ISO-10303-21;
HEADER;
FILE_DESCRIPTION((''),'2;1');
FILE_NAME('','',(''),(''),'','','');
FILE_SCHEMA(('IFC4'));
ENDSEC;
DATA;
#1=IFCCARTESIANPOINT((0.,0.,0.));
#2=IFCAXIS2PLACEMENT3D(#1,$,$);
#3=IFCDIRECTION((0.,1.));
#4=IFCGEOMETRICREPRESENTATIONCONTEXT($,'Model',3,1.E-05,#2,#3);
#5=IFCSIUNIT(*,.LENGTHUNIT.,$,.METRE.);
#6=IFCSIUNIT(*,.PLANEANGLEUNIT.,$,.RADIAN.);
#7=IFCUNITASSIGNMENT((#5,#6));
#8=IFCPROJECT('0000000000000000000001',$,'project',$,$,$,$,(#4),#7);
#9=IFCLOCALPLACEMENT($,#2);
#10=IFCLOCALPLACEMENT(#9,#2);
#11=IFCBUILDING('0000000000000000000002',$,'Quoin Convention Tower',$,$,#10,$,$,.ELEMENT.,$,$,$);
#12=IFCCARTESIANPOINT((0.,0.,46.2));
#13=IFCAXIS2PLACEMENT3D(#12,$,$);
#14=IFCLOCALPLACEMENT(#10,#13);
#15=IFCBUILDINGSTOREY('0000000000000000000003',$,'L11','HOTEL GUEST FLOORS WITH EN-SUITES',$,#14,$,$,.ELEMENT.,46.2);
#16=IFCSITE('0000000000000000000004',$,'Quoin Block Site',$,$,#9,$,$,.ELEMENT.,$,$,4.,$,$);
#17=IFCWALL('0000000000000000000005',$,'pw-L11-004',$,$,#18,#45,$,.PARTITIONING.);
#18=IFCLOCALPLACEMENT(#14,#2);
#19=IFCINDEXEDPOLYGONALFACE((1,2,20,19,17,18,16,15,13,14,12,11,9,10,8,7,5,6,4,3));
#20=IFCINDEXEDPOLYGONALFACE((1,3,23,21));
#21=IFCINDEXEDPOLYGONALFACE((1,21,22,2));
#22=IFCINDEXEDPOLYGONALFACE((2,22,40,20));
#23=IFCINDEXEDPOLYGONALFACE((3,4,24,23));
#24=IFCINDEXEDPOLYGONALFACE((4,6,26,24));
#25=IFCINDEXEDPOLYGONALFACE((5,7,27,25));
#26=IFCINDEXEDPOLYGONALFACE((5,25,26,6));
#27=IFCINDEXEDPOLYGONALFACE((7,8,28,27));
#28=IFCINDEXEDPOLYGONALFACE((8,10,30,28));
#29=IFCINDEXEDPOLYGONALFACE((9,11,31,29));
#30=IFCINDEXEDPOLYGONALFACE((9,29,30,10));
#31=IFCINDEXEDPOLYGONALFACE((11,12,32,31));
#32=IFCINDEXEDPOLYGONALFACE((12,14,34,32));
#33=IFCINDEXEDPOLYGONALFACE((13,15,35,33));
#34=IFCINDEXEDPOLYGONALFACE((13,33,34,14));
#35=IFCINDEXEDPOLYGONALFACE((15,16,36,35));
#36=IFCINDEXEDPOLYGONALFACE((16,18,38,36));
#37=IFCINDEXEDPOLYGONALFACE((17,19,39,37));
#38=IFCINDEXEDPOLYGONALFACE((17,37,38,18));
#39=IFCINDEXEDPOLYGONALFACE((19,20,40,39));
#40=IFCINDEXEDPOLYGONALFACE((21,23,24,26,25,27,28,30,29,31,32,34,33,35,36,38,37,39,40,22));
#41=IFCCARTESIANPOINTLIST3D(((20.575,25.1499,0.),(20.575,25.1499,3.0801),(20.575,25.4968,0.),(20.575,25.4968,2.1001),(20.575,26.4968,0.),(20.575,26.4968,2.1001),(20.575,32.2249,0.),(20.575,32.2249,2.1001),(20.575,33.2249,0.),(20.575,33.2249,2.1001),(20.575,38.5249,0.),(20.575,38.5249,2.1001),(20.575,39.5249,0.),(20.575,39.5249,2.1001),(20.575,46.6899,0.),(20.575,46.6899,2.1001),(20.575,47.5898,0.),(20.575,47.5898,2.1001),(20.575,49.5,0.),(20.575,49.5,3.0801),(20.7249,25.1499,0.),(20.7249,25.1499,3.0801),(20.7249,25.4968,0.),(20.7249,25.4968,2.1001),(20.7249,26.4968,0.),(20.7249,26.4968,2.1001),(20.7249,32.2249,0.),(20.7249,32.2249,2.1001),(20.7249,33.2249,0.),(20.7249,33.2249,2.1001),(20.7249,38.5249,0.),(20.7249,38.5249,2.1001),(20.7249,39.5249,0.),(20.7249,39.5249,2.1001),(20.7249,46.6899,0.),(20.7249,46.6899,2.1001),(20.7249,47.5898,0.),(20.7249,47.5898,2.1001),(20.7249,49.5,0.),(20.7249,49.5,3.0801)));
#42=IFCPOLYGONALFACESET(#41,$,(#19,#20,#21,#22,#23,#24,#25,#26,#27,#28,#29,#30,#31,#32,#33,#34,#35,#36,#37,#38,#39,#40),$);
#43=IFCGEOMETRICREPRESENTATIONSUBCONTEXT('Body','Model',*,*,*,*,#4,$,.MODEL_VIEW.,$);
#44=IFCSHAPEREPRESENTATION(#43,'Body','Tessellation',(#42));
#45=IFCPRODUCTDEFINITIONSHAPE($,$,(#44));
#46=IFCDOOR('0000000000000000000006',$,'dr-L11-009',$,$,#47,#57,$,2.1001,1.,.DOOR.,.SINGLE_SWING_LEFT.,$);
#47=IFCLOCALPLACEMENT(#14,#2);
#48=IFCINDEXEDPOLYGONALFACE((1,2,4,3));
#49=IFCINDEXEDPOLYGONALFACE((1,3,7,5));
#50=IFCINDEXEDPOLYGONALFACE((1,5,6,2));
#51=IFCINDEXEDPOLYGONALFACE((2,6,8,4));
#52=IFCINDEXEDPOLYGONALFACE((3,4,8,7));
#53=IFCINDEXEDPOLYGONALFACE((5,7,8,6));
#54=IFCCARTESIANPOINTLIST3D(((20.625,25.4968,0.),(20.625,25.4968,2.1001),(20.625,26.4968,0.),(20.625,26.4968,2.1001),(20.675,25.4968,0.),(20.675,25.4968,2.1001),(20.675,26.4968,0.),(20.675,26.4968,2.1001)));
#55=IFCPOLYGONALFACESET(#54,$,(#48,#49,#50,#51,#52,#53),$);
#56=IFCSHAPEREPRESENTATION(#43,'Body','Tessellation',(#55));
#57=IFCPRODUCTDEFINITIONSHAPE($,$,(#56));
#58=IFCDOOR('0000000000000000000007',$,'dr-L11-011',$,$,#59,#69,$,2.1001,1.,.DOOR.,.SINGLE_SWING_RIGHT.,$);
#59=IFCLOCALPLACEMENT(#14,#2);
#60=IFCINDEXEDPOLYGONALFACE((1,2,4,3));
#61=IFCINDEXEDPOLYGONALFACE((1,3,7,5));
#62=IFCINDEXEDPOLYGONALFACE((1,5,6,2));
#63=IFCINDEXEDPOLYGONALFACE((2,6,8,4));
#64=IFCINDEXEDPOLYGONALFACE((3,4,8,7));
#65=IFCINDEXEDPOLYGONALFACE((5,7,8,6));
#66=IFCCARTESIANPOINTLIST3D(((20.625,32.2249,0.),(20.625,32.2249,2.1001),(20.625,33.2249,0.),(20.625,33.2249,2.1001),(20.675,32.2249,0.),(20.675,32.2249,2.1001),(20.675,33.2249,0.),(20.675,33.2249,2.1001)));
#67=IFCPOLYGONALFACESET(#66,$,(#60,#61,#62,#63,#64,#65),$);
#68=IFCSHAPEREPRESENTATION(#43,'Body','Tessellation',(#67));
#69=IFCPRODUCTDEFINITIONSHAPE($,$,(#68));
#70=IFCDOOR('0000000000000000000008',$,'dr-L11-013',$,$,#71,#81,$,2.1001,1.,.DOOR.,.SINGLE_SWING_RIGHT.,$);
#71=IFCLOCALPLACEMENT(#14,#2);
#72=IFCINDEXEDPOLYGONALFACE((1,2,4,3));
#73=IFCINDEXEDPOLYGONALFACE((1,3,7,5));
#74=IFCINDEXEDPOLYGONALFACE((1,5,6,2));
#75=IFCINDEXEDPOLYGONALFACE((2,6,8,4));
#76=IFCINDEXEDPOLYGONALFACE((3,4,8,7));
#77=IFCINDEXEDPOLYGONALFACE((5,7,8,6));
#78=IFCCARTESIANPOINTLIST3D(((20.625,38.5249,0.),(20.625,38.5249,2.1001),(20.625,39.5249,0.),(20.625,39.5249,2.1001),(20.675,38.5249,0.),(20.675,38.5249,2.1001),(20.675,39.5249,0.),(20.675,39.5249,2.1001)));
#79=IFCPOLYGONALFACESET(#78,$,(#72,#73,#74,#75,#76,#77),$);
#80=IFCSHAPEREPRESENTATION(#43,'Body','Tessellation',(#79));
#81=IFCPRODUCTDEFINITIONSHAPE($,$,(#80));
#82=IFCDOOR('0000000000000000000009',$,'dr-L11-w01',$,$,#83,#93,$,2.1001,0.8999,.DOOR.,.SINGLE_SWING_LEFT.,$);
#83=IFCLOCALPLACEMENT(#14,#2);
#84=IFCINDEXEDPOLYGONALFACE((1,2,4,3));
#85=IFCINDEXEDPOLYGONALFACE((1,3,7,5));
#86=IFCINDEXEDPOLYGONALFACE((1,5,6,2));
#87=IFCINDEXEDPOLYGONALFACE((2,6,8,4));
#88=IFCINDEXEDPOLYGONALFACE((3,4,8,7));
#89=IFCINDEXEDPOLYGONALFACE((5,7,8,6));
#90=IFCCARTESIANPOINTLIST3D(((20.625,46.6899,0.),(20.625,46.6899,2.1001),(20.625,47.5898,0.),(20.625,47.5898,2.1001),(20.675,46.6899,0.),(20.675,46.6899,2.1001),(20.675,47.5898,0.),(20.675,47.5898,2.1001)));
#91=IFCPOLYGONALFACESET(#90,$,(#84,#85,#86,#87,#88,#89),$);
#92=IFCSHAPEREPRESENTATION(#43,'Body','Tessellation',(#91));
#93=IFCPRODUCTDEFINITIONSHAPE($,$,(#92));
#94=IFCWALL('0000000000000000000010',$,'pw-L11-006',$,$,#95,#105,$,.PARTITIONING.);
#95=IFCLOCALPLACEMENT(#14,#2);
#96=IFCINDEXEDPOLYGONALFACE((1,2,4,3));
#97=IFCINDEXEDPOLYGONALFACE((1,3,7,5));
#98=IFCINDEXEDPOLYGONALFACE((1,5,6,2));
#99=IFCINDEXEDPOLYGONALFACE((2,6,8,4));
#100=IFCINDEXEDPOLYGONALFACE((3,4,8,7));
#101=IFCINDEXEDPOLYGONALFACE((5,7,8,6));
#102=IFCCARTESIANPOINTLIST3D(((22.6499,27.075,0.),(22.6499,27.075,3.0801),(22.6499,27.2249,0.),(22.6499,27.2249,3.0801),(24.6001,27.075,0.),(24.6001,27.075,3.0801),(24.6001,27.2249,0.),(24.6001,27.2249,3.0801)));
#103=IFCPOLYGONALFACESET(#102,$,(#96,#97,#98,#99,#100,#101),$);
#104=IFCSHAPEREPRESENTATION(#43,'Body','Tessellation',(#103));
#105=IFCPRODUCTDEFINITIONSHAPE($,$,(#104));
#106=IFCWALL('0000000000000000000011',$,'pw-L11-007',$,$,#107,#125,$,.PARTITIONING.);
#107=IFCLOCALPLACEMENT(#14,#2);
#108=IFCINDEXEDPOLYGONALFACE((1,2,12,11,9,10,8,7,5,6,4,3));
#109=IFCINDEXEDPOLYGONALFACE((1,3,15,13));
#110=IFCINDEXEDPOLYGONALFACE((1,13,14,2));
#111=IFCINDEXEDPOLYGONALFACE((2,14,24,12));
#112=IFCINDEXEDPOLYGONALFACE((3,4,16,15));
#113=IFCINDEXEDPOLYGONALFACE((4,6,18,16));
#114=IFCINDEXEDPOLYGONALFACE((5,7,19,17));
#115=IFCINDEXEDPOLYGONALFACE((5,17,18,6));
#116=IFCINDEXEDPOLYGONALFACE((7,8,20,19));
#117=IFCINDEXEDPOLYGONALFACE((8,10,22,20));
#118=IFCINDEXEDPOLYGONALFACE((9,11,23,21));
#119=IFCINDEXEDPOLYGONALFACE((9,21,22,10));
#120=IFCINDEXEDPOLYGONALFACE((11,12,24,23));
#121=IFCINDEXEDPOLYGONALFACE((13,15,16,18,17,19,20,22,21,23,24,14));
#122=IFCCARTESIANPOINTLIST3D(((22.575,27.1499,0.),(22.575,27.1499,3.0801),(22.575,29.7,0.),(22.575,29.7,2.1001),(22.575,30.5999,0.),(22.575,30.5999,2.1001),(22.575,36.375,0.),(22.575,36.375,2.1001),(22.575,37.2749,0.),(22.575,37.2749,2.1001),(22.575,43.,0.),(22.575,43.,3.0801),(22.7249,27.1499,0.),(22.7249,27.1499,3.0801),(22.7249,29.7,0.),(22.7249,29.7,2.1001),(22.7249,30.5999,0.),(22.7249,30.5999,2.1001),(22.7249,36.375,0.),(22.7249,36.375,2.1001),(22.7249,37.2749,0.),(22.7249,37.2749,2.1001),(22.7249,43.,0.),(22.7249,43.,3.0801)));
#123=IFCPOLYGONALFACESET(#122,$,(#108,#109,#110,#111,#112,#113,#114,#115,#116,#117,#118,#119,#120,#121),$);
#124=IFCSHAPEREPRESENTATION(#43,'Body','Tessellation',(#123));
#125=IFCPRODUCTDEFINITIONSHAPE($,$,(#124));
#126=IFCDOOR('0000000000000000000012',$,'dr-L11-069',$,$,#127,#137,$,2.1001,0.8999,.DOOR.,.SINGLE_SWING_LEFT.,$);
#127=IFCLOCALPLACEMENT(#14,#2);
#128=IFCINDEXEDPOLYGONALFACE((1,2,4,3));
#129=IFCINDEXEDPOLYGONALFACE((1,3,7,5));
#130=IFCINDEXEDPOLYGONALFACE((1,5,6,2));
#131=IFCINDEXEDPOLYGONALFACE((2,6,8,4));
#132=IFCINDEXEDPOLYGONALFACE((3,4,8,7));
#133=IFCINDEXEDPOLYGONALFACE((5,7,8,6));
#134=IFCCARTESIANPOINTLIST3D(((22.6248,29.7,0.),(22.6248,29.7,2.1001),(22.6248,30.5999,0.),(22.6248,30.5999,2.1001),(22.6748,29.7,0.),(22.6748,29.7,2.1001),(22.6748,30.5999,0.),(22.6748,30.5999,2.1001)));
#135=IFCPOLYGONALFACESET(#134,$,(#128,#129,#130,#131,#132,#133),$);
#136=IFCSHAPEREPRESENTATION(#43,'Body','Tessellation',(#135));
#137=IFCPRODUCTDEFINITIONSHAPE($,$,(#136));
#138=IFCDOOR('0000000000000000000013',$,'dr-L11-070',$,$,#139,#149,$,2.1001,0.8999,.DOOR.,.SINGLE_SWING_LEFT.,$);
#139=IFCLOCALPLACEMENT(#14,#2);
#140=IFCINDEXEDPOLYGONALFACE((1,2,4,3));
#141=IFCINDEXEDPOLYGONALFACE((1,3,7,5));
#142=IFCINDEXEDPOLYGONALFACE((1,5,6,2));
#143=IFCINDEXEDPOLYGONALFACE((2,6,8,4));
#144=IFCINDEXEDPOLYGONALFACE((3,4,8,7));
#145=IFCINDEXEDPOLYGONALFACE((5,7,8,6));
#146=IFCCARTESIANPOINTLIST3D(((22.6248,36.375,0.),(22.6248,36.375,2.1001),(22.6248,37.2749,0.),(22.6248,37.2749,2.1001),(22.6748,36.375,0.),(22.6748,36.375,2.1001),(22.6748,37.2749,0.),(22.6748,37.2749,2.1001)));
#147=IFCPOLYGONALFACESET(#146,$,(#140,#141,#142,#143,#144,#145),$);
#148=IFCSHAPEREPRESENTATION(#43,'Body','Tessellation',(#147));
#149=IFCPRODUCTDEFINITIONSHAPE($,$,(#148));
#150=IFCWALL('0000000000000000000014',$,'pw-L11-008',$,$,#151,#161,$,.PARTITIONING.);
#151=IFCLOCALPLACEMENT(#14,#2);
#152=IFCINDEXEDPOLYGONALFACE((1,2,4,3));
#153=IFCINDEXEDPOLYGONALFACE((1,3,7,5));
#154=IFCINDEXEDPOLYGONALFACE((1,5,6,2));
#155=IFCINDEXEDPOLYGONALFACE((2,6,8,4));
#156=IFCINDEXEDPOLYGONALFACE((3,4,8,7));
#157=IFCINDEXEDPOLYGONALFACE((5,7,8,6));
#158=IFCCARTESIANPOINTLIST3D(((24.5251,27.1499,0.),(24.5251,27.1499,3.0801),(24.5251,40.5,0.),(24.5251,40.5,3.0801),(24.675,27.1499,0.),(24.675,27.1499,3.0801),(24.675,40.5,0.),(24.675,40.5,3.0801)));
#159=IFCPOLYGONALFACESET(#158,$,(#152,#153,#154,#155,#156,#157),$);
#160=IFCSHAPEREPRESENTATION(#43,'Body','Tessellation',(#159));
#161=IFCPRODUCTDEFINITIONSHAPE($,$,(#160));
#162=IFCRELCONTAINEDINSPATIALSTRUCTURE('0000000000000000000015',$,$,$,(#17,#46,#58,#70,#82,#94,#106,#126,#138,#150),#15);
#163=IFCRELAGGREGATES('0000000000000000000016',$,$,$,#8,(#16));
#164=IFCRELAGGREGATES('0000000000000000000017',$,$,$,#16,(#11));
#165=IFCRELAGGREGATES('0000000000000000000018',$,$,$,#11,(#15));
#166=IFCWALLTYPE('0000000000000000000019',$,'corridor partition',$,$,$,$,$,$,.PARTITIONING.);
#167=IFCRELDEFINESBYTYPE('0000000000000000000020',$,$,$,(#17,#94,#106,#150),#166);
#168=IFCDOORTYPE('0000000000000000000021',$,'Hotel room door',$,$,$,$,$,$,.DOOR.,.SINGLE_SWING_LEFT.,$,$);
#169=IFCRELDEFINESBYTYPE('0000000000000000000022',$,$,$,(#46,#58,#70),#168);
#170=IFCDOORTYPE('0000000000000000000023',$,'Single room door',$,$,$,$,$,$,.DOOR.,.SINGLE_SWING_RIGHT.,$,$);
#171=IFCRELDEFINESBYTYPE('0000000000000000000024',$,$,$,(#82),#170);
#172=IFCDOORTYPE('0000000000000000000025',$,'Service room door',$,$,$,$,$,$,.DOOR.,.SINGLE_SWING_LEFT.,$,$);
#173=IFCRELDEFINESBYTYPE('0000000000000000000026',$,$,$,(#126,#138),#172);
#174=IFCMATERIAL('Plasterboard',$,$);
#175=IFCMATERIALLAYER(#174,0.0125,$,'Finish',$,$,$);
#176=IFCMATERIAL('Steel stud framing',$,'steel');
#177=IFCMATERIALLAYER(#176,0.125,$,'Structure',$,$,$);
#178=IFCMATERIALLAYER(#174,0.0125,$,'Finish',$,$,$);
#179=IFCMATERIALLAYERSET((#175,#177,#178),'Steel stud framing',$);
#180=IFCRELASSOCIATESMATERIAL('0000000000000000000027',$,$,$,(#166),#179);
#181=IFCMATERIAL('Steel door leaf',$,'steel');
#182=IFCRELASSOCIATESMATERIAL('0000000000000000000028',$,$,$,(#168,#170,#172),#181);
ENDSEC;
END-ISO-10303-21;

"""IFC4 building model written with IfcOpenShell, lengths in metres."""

from ifc_helpers import new_model, si_unit, direction, frame, frame_2d, origin, place, context, subcontext, project, spatial, rectangle, extrude, material, layer, layer_set, type_object, element, fill, save


model = new_model("IFC4")

# Units and contexts
model_context = context("Model", 3, precision=1e-05, world=origin(), true_north=direction((0.0, 1.0)))
body_context = subcontext(model_context, "Body", "Model", "MODEL_VIEW")
ifc_project = project(units=[si_unit("LENGTHUNIT", "METRE"), si_unit("PLANEANGLEUNIT", "RADIAN")], contexts=[model_context])

# Site, building, storey
site_placement = place(None, origin())
site = spatial("IfcSite", under=ifc_project, at=site_placement, Name="Quoin Block Site", CompositionType="ELEMENT", RefElevation=4.0)
building_placement = place(site_placement, origin())
building = spatial("IfcBuilding", under=site, at=building_placement, Name="Quoin Convention Tower", CompositionType="ELEMENT")
storey_placement = place(building_placement, frame((0.0, 0.0, 46.2)))
storey = spatial("IfcBuildingStorey", under=building, at=storey_placement, Name="L11", Description="HOTEL GUEST FLOORS WITH EN-SUITES", CompositionType="ELEMENT", Elevation=46.2)

# Shared definitions
ifc_material_1 = material(Name="Steel door leaf", Category="steel")

# Wall, openings, doors
ifc_material_2 = material(Name="Plasterboard")
ifc_layer_1 = layer(ifc_material_2, 0.0125, Name="Finish")
ifc_material_3 = material(Name="Steel stud framing", Category="steel")
ifc_layer_2 = layer(ifc_material_3, 0.125, Name="Structure")
ifc_layer_3 = layer(ifc_material_2, 0.0125, Name="Finish")
ifc_layer_set_1 = layer_set([ifc_layer_1, ifc_layer_2, ifc_layer_3], Name="Steel stud framing")
wall_type_1 = type_object("IfcWallType", Name="corridor partition", PredefinedType="PARTITIONING", material=ifc_layer_set_1)
door_type_1 = type_object("IfcDoorType", Name="Hotel room door", OperationType="SINGLE_SWING_LEFT", PredefinedType="DOOR", material=ifc_material_1)
wall_1_placement = place(storey_placement, frame((20.6499, 25.1499, 0.0), z_axis=(0.0, 0.0, 1.0), x_axis=(0.0, 1.0, 0.0)))
wall_1 = element("IfcWall", 1, at=wall_1_placement, inside=storey, type_object=wall_type_1, Name="pw-L11-004", PredefinedType="PARTITIONING", context=body_context, shape_type="SweptSolid", body=[
    extrude(rectangle(XDim=24.3501, YDim=0.1499, at=frame_2d((12.175, 0.0))), origin(), (0.0, 0.0, 1.0), 3.0801),
])
opening_1_placement = place(wall_1_placement, frame((0.3469, 0.0, 0.0)))
opening_1 = element("IfcOpeningElement", 2, at=opening_1_placement, cuts=wall_1, PredefinedType="OPENING", context=body_context, shape_type="SweptSolid", body=[
    extrude(rectangle(XDim=1.0, YDim=2.1001, at=frame_2d((0.5, 1.05))), frame((0.0, 0.085, 0.0), z_axis=(0.0, -1.0, 0.0), x_axis=(1.0, 0.0, 0.0)), (0.0, 0.0, 1.0), 0.1699),
])
opening_2_placement = place(wall_1_placement, frame((7.075, 0.0, 0.0)))
opening_2 = element("IfcOpeningElement", 3, at=opening_2_placement, cuts=wall_1, PredefinedType="OPENING", context=body_context, shape_type="SweptSolid", body=[
    extrude(rectangle(XDim=1.0, YDim=2.1001, at=frame_2d((0.5, 1.05))), frame((0.0, 0.085, 0.0), z_axis=(0.0, -1.0, 0.0), x_axis=(1.0, 0.0, 0.0)), (0.0, 0.0, 1.0), 0.1699),
])
opening_3_placement = place(wall_1_placement, frame((13.375, 0.0, 0.0)))
opening_3 = element("IfcOpeningElement", 4, at=opening_3_placement, cuts=wall_1, PredefinedType="OPENING", context=body_context, shape_type="SweptSolid", body=[
    extrude(rectangle(XDim=1.0, YDim=2.1001, at=frame_2d((0.5, 1.05))), frame((0.0, 0.085, 0.0), z_axis=(0.0, -1.0, 0.0), x_axis=(1.0, 0.0, 0.0)), (0.0, 0.0, 1.0), 0.1699),
])
opening_4_placement = place(wall_1_placement, frame((21.54, 0.0, 0.0)))
opening_4 = element("IfcOpeningElement", 5, at=opening_4_placement, cuts=wall_1, PredefinedType="OPENING", context=body_context, shape_type="SweptSolid", body=[
    extrude(rectangle(XDim=0.8999, YDim=2.1001, at=frame_2d((0.45, 1.05))), frame((0.0, 0.085, 0.0), z_axis=(0.0, -1.0, 0.0), x_axis=(1.0, 0.0, 0.0)), (0.0, 0.0, 1.0), 0.1699),
])
door_1_placement = place(opening_1_placement, origin())
door_1 = element("IfcDoor", 6, at=door_1_placement, inside=storey, type_object=door_type_1, Name="dr-L11-009", OperationType="SINGLE_SWING_LEFT", OverallHeight=2.1001, OverallWidth=1.0, PredefinedType="DOOR", context=body_context, shape_type="SweptSolid", body=[
    extrude(rectangle(XDim=1.0, YDim=2.1001, at=frame_2d((0.5, 1.05))), frame((0.0, 0.0249, 0.0), z_axis=(0.0, -1.0, 0.0), x_axis=(1.0, 0.0, 0.0)), (0.0, 0.0, 1.0), 0.05),
])
fill(opening_1, door_1)
door_2_placement = place(opening_2_placement, origin())
door_2 = element("IfcDoor", 7, at=door_2_placement, inside=storey, type_object=door_type_1, Name="dr-L11-011", OperationType="SINGLE_SWING_RIGHT", OverallHeight=2.1001, OverallWidth=1.0, PredefinedType="DOOR", context=body_context, shape_type="SweptSolid", body=[
    extrude(rectangle(XDim=1.0, YDim=2.1001, at=frame_2d((0.5, 1.05))), frame((0.0, 0.0249, 0.0), z_axis=(0.0, -1.0, 0.0), x_axis=(1.0, 0.0, 0.0)), (0.0, 0.0, 1.0), 0.05),
])
fill(opening_2, door_2)
door_3_placement = place(opening_3_placement, origin())
door_3 = element("IfcDoor", 8, at=door_3_placement, inside=storey, type_object=door_type_1, Name="dr-L11-013", OperationType="SINGLE_SWING_RIGHT", OverallHeight=2.1001, OverallWidth=1.0, PredefinedType="DOOR", context=body_context, shape_type="SweptSolid", body=[
    extrude(rectangle(XDim=1.0, YDim=2.1001, at=frame_2d((0.5, 1.05))), frame((0.0, 0.0249, 0.0), z_axis=(0.0, -1.0, 0.0), x_axis=(1.0, 0.0, 0.0)), (0.0, 0.0, 1.0), 0.05),
])
fill(opening_3, door_3)
door_type_2 = type_object("IfcDoorType", Name="Single room door", OperationType="SINGLE_SWING_RIGHT", PredefinedType="DOOR", material=ifc_material_1)
door_4_placement = place(opening_4_placement, origin())
door_4 = element("IfcDoor", 9, at=door_4_placement, inside=storey, type_object=door_type_2, Name="dr-L11-w01", OperationType="SINGLE_SWING_LEFT", OverallHeight=2.1001, OverallWidth=0.8999, PredefinedType="DOOR", context=body_context, shape_type="SweptSolid", body=[
    extrude(rectangle(XDim=0.8999, YDim=2.1001, at=frame_2d((0.45, 1.05))), frame((0.0, 0.0249, 0.0), z_axis=(0.0, -1.0, 0.0), x_axis=(1.0, 0.0, 0.0)), (0.0, 0.0, 1.0), 0.05),
])
fill(opening_4, door_4)

# Wall
wall_2_placement = place(storey_placement, frame((22.6499, 27.1499, 0.0), z_axis=(0.0, 0.0, 1.0), x_axis=(1.0, 0.0, 0.0)))
element("IfcWall", 10, at=wall_2_placement, inside=storey, type_object=wall_type_1, Name="pw-L11-006", PredefinedType="PARTITIONING", context=body_context, shape_type="SweptSolid", body=[
    extrude(rectangle(XDim=1.9502, YDim=0.1499, at=frame_2d((0.9751, 0.0))), origin(), (0.0, 0.0, 1.0), 3.0801),
])

# Wall, openings, doors
wall_3_placement = place(storey_placement, frame((22.6499, 27.1499, 0.0), z_axis=(0.0, 0.0, 1.0), x_axis=(0.0, 1.0, 0.0)))
wall_3 = element("IfcWall", 11, at=wall_3_placement, inside=storey, type_object=wall_type_1, Name="pw-L11-007", PredefinedType="PARTITIONING", context=body_context, shape_type="SweptSolid", body=[
    extrude(rectangle(XDim=15.8501, YDim=0.1499, at=frame_2d((7.925, 0.0))), origin(), (0.0, 0.0, 1.0), 3.0801),
])
opening_5_placement = place(wall_3_placement, frame((2.55, 0.0, 0.0)))
opening_5 = element("IfcOpeningElement", 12, at=opening_5_placement, cuts=wall_3, PredefinedType="OPENING", context=body_context, shape_type="SweptSolid", body=[
    extrude(rectangle(XDim=0.8999, YDim=2.1001, at=frame_2d((0.45, 1.05))), frame((0.0, 0.085, 0.0), z_axis=(0.0, -1.0, 0.0), x_axis=(1.0, 0.0, 0.0)), (0.0, 0.0, 1.0), 0.1699),
])
opening_6_placement = place(wall_3_placement, frame((9.2251, 0.0, 0.0)))
opening_6 = element("IfcOpeningElement", 13, at=opening_6_placement, cuts=wall_3, PredefinedType="OPENING", context=body_context, shape_type="SweptSolid", body=[
    extrude(rectangle(XDim=0.8999, YDim=2.1001, at=frame_2d((0.45, 1.05))), frame((0.0, 0.085, 0.0), z_axis=(0.0, -1.0, 0.0), x_axis=(1.0, 0.0, 0.0)), (0.0, 0.0, 1.0), 0.1699),
])
door_type_3 = type_object("IfcDoorType", Name="Service room door", OperationType="SINGLE_SWING_LEFT", PredefinedType="DOOR", material=ifc_material_1)
door_5_placement = place(opening_5_placement, frame((0.8999, 0.0, 0.0), z_axis=(0.0, 0.0, 1.0), x_axis=(-1.0, 0.0, 0.0)))
door_5 = element("IfcDoor", 14, at=door_5_placement, inside=storey, type_object=door_type_3, Name="dr-L11-069", OperationType="SINGLE_SWING_LEFT", OverallHeight=2.1001, OverallWidth=0.8999, PredefinedType="DOOR", context=body_context, shape_type="SweptSolid", body=[
    extrude(rectangle(XDim=0.8999, YDim=2.1001, at=frame_2d((0.45, 1.05))), frame((0.0, 0.0249, 0.0), z_axis=(0.0, -1.0, 0.0), x_axis=(1.0, 0.0, 0.0)), (0.0, 0.0, 1.0), 0.05),
])
fill(opening_5, door_5)
door_6_placement = place(opening_6_placement, frame((0.8999, 0.0, 0.0), z_axis=(0.0, 0.0, 1.0), x_axis=(-1.0, 0.0, 0.0)))
door_6 = element("IfcDoor", 15, at=door_6_placement, inside=storey, type_object=door_type_3, Name="dr-L11-070", OperationType="SINGLE_SWING_LEFT", OverallHeight=2.1001, OverallWidth=0.8999, PredefinedType="DOOR", context=body_context, shape_type="SweptSolid", body=[
    extrude(rectangle(XDim=0.8999, YDim=2.1001, at=frame_2d((0.45, 1.05))), frame((0.0, 0.0249, 0.0), z_axis=(0.0, -1.0, 0.0), x_axis=(1.0, 0.0, 0.0)), (0.0, 0.0, 1.0), 0.05),
])
fill(opening_6, door_6)

# Wall
wall_4_placement = place(storey_placement, frame((24.6001, 27.1499, 0.0), z_axis=(0.0, 0.0, 1.0), x_axis=(0.0, 1.0, 0.0)))
element("IfcWall", 16, at=wall_4_placement, inside=storey, type_object=wall_type_1, Name="pw-L11-008", PredefinedType="PARTITIONING", context=body_context, shape_type="SweptSolid", body=[
    extrude(rectangle(XDim=13.3501, YDim=0.1499, at=frame_2d((6.675, 0.0))), origin(), (0.0, 0.0, 1.0), 3.0801),
])

save(model, "model.ifc")
